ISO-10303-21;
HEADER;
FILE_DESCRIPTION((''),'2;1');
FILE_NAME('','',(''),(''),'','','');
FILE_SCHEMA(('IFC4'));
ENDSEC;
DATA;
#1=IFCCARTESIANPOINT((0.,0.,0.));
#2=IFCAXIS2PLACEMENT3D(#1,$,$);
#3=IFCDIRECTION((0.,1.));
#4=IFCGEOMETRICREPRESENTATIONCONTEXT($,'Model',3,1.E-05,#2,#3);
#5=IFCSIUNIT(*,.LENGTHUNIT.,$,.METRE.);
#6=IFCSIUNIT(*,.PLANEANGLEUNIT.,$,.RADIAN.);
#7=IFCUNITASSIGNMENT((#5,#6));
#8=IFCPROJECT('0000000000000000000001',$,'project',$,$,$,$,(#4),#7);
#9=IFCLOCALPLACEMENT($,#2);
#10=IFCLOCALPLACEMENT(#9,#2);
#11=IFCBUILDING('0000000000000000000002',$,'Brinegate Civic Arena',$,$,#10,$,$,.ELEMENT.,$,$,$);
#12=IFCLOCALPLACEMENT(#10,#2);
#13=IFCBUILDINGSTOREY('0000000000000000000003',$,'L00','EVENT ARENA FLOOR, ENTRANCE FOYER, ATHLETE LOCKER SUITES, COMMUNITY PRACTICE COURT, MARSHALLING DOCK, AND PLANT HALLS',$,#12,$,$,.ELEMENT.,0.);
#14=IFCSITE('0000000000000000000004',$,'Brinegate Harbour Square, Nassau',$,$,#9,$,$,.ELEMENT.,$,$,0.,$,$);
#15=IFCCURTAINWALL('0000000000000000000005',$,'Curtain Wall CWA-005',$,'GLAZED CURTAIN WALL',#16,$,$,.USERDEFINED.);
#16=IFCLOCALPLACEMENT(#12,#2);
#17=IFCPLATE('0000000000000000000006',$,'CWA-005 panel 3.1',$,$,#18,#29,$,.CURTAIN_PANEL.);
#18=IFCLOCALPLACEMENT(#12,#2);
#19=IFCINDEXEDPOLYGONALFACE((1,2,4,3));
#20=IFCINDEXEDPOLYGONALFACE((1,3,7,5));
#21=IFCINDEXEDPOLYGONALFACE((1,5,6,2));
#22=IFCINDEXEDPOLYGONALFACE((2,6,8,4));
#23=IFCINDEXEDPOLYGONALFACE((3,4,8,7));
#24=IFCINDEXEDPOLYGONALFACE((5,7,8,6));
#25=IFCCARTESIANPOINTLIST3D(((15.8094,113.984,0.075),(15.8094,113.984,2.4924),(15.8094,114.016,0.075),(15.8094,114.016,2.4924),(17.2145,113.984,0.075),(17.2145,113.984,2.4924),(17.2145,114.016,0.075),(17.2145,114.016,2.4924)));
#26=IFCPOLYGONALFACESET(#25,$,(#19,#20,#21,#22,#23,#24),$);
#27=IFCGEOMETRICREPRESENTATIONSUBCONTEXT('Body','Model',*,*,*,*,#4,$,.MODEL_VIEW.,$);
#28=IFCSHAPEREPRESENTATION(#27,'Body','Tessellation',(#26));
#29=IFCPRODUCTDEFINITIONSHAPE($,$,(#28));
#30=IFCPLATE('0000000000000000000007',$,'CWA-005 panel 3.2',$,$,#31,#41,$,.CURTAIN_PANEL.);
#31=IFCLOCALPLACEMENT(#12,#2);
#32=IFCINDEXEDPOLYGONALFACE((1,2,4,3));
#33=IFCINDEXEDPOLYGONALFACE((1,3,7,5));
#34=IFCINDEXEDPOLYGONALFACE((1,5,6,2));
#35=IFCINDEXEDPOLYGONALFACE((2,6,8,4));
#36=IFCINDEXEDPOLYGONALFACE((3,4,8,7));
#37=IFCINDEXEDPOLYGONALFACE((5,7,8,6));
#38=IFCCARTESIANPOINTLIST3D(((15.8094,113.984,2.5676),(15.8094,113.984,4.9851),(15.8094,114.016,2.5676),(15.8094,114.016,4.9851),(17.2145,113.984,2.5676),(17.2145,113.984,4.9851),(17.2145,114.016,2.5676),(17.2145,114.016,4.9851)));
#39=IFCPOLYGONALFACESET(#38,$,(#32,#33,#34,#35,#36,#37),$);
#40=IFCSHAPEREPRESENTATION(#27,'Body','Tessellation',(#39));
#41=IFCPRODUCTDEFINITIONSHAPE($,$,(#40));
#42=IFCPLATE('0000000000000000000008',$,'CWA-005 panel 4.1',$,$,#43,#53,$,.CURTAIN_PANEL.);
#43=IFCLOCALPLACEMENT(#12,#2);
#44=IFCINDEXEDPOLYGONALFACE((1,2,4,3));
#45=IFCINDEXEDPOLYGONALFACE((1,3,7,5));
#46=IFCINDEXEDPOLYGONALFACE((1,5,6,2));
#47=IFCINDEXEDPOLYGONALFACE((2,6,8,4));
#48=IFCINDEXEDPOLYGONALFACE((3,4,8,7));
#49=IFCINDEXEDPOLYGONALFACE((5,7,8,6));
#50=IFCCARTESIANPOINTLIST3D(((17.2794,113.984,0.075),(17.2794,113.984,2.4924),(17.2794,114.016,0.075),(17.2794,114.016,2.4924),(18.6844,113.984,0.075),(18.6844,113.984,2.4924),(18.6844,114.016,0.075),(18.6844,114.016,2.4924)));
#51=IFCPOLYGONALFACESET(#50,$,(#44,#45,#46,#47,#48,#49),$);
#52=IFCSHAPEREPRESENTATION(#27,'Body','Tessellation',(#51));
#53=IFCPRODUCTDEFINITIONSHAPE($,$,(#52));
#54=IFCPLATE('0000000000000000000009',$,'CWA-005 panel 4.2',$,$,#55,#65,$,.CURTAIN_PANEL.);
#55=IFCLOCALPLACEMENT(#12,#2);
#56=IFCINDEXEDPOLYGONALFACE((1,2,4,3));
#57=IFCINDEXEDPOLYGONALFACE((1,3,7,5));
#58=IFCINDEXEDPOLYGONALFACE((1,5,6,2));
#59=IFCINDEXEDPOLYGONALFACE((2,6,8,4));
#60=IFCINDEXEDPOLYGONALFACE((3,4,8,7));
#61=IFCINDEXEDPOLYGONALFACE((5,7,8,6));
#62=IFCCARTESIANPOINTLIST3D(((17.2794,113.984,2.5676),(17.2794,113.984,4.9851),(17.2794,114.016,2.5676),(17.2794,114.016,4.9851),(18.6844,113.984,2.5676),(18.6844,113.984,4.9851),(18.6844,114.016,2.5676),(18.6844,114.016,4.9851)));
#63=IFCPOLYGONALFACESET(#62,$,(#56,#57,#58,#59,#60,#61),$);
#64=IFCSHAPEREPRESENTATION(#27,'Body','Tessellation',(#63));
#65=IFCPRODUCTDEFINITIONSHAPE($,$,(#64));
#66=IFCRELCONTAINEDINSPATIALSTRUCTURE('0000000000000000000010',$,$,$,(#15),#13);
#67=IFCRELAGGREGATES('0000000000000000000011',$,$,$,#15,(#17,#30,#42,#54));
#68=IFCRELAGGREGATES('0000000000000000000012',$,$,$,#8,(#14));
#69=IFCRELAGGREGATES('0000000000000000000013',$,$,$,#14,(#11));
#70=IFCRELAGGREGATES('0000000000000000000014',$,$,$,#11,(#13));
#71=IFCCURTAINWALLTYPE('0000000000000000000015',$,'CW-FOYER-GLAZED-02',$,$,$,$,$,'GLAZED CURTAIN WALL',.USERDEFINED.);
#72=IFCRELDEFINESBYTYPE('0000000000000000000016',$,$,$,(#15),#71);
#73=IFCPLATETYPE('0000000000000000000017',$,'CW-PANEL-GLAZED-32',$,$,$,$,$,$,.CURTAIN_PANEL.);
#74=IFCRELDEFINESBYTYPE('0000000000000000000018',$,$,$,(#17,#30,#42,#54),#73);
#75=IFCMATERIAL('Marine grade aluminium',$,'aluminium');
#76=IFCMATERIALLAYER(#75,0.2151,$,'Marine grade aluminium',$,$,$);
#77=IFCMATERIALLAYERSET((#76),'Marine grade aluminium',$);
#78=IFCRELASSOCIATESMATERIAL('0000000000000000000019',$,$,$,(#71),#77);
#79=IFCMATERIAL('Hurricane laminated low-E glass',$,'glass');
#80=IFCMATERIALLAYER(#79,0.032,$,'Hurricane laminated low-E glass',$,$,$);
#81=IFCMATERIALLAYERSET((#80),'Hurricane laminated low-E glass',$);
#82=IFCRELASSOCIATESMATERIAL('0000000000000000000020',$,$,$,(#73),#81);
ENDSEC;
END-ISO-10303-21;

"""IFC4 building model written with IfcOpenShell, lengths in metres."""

from ifc_helpers import new_model, si_unit, direction, frame, origin, origin_2d, place, context, subcontext, project, spatial, rectangle, extrude, material, layer, layer_set, type_object, element, aggregate, save


model = new_model("IFC4")

# Units and contexts
model_context = context("Model", 3, precision=1e-05, world=origin(), true_north=direction((0.0, 1.0)))
body_context = subcontext(model_context, "Body", "Model", "MODEL_VIEW")
ifc_project = project(units=[si_unit("LENGTHUNIT", "METRE"), si_unit("PLANEANGLEUNIT", "RADIAN")], contexts=[model_context])

# Site, building, storey
site_placement = place(None, origin())
site = spatial("IfcSite", under=ifc_project, at=site_placement, Name="Brinegate Harbour Square, Nassau", CompositionType="ELEMENT", RefElevation=0.0)
building_placement = place(site_placement, origin())
building = spatial("IfcBuilding", under=site, at=building_placement, Name="Brinegate Civic Arena", CompositionType="ELEMENT")
storey_placement = place(building_placement, origin())
storey = spatial("IfcBuildingStorey", under=building, at=storey_placement, Name="L00", Description="EVENT ARENA FLOOR, ENTRANCE FOYER, ATHLETE LOCKER SUITES, COMMUNITY PRACTICE COURT, MARSHALLING DOCK, AND PLANT HALLS", CompositionType="ELEMENT", Elevation=0.0)

# Curtain wall, plates
ifc_material_1 = material(Name="Marine grade aluminium", Category="aluminium")
ifc_layer_1 = layer(ifc_material_1, 0.2151, Name="Marine grade aluminium")
ifc_layer_set_1 = layer_set([ifc_layer_1], Name="Marine grade aluminium")
curtain_wall_type = type_object("IfcCurtainWallType", Name="CW-FOYER-GLAZED-02", ElementType="GLAZED CURTAIN WALL", PredefinedType="USERDEFINED", material=ifc_layer_set_1)
curtain_wall_placement = place(storey_placement, origin())
curtain_wall = element("IfcCurtainWall", 1, at=curtain_wall_placement, inside=storey, type_object=curtain_wall_type, Name="Curtain Wall CWA-005", ObjectType="GLAZED CURTAIN WALL", PredefinedType="USERDEFINED")
ifc_material_2 = material(Name="Hurricane laminated low-E glass", Category="glass")
ifc_layer_2 = layer(ifc_material_2, 0.032, Name="Hurricane laminated low-E glass")
ifc_layer_set_2 = layer_set([ifc_layer_2], Name="Hurricane laminated low-E glass")
plate_type = type_object("IfcPlateType", Name="CW-PANEL-GLAZED-32", PredefinedType="CURTAIN_PANEL", material=ifc_layer_set_2)
plate_1_placement = place(storey_placement, frame((16.512, 114.0, 0.075), z_axis=(0.0, 0.0, 1.0), x_axis=(1.0, 0.0, 0.0)))
plate_1 = element("IfcPlate", 2, at=plate_1_placement, type_object=plate_type, Name="CWA-005 panel 3.1", PredefinedType="CURTAIN_PANEL", context=body_context, shape_type="SweptSolid", body=[
    extrude(rectangle(XDim=1.405, YDim=0.032, at=origin_2d()), origin(), (0.0, 0.0, 1.0), 2.4175),
])
plate_2_placement = place(storey_placement, frame((16.512, 114.0, 2.5676), z_axis=(0.0, 0.0, 1.0), x_axis=(1.0, 0.0, 0.0)))
plate_2 = element("IfcPlate", 3, at=plate_2_placement, type_object=plate_type, Name="CWA-005 panel 3.2", PredefinedType="CURTAIN_PANEL", context=body_context, shape_type="SweptSolid", body=[
    extrude(rectangle(XDim=1.405, YDim=0.032, at=origin_2d()), origin(), (0.0, 0.0, 1.0), 2.4175),
])
plate_3_placement = place(storey_placement, frame((17.9819, 114.0, 0.075), z_axis=(0.0, 0.0, 1.0), x_axis=(1.0, 0.0, 0.0)))
plate_3 = element("IfcPlate", 4, at=plate_3_placement, type_object=plate_type, Name="CWA-005 panel 4.1", PredefinedType="CURTAIN_PANEL", context=body_context, shape_type="SweptSolid", body=[
    extrude(rectangle(XDim=1.405, YDim=0.032, at=origin_2d()), origin(), (0.0, 0.0, 1.0), 2.4175),
])
plate_4_placement = place(storey_placement, frame((17.9819, 114.0, 2.5676), z_axis=(0.0, 0.0, 1.0), x_axis=(1.0, 0.0, 0.0)))
plate_4 = element("IfcPlate", 5, at=plate_4_placement, type_object=plate_type, Name="CWA-005 panel 4.2", PredefinedType="CURTAIN_PANEL", context=body_context, shape_type="SweptSolid", body=[
    extrude(rectangle(XDim=1.405, YDim=0.032, at=origin_2d()), origin(), (0.0, 0.0, 1.0), 2.4175),
])
aggregate(curtain_wall, [plate_1, plate_2, plate_3, plate_4])

save(model, "model.ifc")
